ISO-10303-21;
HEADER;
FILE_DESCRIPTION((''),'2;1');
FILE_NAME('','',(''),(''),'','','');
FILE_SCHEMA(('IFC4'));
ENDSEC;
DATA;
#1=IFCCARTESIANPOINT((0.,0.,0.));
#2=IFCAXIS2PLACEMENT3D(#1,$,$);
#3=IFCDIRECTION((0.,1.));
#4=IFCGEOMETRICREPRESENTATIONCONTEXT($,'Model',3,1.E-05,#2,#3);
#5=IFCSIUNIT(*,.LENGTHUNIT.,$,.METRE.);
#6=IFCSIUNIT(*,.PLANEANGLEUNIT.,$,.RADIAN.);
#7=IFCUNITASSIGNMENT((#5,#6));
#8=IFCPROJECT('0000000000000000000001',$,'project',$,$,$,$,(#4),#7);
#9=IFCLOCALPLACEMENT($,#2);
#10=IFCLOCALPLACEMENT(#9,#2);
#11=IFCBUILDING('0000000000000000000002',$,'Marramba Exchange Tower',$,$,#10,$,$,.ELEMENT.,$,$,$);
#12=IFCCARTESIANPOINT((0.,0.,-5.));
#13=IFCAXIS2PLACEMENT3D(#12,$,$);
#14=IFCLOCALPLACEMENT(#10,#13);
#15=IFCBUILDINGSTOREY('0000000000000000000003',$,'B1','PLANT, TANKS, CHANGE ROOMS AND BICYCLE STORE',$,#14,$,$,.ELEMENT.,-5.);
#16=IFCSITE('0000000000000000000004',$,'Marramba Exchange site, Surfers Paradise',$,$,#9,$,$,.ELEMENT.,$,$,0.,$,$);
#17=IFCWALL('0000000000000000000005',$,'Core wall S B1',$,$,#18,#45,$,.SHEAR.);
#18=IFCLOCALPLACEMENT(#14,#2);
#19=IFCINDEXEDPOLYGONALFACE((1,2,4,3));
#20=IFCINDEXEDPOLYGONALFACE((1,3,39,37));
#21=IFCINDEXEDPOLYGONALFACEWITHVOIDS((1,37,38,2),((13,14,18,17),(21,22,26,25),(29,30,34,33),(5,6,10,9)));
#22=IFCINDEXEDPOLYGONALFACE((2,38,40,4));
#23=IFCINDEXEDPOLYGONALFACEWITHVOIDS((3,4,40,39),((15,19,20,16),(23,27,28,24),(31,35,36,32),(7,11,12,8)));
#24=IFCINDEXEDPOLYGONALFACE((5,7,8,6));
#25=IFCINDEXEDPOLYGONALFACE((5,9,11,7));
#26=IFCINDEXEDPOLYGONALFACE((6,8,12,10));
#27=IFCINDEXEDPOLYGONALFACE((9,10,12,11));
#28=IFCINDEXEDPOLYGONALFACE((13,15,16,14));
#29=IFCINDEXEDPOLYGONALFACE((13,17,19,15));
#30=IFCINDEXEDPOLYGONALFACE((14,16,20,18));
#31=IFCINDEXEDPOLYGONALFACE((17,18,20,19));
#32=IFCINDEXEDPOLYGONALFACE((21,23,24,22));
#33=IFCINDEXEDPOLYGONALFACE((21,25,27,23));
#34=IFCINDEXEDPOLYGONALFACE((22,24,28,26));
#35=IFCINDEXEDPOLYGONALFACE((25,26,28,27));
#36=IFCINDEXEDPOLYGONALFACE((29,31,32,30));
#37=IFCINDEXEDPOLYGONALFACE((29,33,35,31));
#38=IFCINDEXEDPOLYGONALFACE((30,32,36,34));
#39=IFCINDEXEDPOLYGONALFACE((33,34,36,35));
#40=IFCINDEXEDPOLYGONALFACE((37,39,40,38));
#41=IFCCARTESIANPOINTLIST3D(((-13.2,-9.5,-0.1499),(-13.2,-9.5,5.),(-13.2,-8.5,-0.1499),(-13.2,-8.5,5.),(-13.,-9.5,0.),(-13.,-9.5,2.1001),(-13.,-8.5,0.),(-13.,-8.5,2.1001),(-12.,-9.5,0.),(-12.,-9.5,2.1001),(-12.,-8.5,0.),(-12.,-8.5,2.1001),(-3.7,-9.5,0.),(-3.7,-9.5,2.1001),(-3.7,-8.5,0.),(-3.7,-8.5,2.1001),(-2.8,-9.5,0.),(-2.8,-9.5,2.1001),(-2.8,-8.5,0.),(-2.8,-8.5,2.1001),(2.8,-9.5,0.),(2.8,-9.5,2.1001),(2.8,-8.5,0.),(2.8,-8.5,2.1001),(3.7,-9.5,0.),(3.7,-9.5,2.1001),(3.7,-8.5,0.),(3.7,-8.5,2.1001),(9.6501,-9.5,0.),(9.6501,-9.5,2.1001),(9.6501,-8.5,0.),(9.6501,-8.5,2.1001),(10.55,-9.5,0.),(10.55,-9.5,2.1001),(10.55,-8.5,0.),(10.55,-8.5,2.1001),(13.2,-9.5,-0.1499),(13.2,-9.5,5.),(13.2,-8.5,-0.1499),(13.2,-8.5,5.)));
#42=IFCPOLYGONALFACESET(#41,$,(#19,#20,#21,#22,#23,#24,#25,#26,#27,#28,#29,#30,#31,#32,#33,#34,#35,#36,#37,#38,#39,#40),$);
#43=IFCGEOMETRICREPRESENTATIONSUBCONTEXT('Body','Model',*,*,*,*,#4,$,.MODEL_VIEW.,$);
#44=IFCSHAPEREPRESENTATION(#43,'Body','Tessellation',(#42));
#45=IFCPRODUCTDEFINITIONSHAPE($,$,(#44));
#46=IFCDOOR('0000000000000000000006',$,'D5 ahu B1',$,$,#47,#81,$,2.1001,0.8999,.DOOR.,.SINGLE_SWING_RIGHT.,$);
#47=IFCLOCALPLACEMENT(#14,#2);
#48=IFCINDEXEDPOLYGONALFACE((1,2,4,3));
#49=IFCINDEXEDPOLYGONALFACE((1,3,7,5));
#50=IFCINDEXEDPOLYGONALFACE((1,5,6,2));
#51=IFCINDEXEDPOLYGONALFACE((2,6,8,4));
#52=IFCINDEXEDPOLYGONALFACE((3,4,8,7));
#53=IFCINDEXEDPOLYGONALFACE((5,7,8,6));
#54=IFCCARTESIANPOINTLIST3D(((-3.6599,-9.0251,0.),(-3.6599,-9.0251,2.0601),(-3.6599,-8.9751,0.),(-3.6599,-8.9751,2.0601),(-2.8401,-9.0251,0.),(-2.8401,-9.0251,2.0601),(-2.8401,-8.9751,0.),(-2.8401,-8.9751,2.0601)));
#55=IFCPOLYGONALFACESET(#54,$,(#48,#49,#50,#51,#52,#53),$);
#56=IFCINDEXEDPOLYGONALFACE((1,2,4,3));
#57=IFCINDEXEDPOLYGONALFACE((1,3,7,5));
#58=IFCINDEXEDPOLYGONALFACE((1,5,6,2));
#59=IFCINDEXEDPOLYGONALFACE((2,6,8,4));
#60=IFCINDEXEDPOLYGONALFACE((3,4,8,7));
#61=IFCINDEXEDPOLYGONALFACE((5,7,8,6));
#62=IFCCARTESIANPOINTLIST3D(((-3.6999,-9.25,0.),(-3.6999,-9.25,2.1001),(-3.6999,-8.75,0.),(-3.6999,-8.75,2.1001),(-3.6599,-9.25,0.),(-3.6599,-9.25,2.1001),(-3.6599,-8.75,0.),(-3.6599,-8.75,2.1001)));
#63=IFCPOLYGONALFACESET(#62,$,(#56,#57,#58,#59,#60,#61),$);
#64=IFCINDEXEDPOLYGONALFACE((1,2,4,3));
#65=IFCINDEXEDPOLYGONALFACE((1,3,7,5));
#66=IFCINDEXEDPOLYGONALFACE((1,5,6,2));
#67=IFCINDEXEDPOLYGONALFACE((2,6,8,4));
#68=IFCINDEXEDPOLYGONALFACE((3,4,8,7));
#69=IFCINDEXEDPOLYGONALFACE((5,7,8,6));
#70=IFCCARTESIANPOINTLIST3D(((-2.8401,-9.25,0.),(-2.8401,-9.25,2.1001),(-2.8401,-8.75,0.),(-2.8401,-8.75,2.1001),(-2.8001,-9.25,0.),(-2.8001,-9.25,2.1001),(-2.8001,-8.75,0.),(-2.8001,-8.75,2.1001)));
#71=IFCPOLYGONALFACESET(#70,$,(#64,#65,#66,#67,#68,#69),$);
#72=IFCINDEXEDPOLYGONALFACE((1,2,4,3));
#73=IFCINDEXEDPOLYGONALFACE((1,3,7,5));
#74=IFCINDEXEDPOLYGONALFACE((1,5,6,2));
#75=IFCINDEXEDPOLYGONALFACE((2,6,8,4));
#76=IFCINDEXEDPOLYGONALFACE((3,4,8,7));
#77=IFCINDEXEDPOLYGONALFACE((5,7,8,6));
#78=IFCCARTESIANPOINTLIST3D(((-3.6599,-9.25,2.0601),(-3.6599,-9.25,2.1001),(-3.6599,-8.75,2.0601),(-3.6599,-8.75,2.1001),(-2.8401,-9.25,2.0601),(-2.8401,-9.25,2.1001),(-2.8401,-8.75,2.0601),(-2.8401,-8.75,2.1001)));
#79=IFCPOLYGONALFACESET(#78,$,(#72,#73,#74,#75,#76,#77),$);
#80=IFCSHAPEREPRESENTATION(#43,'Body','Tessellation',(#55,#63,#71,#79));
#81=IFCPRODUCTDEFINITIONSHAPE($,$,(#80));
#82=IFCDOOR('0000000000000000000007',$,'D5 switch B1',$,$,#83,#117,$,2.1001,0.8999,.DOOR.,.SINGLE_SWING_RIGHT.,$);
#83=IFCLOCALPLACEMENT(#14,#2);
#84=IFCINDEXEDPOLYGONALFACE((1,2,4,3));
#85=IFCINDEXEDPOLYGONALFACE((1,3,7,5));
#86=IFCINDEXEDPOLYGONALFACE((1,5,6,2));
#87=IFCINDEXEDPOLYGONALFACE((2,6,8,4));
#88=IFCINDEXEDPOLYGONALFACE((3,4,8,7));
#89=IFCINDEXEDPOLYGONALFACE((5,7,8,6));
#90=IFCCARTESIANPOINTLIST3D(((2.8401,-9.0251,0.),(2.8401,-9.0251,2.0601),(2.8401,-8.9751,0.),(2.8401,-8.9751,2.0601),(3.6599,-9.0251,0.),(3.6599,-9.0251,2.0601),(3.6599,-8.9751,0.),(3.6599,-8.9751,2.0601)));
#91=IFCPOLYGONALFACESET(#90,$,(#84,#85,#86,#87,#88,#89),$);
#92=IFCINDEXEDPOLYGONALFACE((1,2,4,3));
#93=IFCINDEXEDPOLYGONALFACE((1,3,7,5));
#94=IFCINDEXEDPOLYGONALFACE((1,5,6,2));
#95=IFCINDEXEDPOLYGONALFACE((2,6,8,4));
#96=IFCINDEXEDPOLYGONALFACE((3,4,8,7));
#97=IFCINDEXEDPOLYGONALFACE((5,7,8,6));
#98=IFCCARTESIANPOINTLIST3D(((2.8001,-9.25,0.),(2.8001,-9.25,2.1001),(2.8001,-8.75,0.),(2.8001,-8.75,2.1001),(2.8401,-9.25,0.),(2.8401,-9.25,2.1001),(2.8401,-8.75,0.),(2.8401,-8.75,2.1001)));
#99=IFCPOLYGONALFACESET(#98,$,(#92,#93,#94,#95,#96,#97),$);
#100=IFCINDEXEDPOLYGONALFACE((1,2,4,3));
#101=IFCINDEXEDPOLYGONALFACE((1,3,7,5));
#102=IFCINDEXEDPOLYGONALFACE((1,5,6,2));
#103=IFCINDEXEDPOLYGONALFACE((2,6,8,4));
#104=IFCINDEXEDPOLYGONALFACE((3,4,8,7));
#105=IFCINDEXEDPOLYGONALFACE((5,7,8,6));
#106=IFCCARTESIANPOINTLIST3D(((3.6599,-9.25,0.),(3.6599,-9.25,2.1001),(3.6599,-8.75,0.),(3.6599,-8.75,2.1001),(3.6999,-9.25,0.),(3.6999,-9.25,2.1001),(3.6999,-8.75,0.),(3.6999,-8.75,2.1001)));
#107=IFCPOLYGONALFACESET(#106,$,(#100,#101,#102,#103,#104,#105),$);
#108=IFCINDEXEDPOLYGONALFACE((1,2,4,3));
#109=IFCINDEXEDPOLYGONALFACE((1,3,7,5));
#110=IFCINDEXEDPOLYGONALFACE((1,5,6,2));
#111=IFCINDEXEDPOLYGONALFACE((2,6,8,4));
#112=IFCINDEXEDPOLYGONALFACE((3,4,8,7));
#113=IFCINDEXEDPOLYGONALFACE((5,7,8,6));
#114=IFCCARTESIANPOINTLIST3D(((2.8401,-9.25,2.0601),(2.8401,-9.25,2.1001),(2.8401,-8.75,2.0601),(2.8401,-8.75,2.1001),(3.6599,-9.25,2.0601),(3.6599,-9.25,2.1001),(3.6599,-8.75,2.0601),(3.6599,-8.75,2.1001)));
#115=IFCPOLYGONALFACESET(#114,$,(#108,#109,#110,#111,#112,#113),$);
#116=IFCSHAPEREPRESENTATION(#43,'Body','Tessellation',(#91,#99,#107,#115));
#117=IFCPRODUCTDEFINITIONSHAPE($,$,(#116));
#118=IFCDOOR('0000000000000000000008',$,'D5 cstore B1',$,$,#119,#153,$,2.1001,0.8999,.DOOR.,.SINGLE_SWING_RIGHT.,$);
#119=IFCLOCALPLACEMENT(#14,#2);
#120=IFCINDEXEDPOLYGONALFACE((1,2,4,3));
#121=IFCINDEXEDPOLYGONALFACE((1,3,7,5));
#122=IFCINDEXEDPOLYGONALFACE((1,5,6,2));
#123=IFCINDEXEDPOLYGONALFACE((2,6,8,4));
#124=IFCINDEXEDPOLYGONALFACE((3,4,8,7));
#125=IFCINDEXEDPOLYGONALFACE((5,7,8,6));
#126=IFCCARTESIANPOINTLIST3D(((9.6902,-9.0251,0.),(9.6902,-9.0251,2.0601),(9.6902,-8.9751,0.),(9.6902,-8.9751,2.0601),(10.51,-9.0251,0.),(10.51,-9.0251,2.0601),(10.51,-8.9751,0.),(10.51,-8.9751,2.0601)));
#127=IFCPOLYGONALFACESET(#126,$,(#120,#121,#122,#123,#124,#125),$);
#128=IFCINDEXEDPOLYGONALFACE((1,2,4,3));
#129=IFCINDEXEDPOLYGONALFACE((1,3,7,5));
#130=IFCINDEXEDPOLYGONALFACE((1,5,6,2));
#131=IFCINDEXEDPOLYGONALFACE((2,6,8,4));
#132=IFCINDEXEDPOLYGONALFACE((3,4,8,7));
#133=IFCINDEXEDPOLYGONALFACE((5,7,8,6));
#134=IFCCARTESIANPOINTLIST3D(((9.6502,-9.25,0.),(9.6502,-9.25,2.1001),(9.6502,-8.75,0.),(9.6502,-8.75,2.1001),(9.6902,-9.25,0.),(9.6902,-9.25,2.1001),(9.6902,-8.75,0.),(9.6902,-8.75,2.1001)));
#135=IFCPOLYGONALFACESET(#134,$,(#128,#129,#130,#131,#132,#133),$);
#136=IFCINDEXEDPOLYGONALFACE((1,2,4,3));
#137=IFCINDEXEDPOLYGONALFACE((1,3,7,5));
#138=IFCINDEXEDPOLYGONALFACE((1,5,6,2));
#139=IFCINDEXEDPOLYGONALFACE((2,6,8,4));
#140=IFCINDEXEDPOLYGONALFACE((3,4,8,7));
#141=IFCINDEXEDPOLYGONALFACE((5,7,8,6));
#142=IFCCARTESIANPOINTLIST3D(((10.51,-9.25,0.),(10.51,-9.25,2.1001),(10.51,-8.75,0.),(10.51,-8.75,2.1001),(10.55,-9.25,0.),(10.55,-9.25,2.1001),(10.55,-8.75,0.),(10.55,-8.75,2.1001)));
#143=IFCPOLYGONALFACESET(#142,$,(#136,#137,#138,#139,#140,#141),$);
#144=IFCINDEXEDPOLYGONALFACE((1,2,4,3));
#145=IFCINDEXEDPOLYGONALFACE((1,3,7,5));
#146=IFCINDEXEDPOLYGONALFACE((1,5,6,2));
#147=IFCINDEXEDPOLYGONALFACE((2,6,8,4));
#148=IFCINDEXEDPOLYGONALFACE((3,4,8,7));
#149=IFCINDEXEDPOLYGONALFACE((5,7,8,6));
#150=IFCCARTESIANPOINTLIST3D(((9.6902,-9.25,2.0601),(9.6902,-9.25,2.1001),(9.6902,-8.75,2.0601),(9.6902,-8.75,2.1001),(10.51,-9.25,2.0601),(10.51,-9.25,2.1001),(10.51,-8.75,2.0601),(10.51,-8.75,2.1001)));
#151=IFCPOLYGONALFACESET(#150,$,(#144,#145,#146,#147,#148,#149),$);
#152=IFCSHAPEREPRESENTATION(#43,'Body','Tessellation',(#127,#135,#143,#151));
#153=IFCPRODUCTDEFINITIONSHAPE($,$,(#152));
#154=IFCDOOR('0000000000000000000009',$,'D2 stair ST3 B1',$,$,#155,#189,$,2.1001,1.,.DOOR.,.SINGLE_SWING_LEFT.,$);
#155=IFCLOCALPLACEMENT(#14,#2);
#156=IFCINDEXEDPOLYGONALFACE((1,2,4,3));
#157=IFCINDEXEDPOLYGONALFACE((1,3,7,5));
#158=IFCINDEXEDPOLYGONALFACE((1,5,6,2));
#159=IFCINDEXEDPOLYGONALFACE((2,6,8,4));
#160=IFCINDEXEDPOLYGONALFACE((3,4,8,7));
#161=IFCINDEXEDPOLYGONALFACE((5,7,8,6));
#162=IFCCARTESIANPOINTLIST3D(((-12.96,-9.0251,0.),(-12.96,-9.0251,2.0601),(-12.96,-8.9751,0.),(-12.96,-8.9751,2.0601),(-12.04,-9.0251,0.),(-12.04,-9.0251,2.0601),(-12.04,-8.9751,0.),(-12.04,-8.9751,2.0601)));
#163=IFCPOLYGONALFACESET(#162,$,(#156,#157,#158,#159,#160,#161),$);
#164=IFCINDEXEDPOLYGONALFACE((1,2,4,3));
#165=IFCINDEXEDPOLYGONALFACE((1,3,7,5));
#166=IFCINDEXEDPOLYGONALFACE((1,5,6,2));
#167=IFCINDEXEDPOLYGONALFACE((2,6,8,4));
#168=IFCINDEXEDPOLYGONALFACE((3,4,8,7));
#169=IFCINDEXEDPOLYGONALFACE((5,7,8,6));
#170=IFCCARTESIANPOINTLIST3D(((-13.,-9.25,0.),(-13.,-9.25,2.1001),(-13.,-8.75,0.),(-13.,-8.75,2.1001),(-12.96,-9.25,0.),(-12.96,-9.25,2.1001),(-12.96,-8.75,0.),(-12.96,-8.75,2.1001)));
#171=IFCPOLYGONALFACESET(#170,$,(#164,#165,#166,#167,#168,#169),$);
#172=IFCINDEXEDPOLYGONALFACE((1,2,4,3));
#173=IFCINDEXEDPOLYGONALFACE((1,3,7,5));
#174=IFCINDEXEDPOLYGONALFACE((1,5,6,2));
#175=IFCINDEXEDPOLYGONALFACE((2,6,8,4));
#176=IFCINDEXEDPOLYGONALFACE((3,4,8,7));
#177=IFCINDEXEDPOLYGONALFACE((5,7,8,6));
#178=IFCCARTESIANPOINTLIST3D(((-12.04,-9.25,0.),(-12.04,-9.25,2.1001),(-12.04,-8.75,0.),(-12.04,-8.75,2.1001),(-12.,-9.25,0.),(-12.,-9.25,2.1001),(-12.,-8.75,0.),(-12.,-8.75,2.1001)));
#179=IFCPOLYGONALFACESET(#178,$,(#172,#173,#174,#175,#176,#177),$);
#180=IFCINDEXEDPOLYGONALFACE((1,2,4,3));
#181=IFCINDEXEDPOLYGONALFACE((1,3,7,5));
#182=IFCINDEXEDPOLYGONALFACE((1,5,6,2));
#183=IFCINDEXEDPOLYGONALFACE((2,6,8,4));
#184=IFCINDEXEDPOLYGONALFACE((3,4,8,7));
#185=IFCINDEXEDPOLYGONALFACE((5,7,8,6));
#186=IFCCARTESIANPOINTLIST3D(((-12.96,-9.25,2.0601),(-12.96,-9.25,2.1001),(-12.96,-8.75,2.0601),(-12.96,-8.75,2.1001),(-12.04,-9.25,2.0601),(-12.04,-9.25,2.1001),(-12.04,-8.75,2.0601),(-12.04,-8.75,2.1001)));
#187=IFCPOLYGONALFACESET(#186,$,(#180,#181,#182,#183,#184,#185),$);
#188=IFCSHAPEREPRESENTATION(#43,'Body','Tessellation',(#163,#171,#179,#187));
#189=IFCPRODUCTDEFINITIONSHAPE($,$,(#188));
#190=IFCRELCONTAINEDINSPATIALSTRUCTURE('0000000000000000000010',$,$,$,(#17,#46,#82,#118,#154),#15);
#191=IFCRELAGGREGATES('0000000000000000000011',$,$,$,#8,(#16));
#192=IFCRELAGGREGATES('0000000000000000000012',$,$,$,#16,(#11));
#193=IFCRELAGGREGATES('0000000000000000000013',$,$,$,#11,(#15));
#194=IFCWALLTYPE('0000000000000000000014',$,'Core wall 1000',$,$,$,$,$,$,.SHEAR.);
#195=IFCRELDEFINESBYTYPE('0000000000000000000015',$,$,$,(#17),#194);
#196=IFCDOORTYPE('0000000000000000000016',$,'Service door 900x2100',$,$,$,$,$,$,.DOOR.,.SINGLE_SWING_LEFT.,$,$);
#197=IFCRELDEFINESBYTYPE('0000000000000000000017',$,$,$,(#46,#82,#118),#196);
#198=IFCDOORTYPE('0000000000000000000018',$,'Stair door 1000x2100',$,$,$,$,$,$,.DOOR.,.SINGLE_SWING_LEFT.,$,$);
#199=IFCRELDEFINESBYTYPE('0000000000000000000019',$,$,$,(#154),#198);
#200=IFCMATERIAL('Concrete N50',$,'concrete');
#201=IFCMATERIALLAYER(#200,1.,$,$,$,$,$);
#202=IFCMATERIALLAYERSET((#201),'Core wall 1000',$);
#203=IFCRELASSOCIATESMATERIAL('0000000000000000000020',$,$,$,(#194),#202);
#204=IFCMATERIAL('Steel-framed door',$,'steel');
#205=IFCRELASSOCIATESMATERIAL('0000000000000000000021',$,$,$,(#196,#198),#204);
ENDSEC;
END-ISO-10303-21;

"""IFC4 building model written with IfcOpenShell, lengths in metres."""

from ifc_helpers import new_model, si_unit, direction, frame, frame_2d, origin, place, context, subcontext, project, spatial, rectangle, extrude, material, layer, layer_set, type_object, element, fill, save


model = new_model("IFC4")

# Units and contexts
model_context = context("Model", 3, precision=1e-05, world=origin(), true_north=direction((0.0, 1.0)))
body_context = subcontext(model_context, "Body", "Model", "MODEL_VIEW")
ifc_project = project(units=[si_unit("LENGTHUNIT", "METRE"), si_unit("PLANEANGLEUNIT", "RADIAN")], contexts=[model_context])

# Site, building, storey
site_placement = place(None, origin())
site = spatial("IfcSite", under=ifc_project, at=site_placement, Name="Marramba Exchange site, Surfers Paradise", CompositionType="ELEMENT", RefElevation=0.0)
building_placement = place(site_placement, origin())
building = spatial("IfcBuilding", under=site, at=building_placement, Name="Marramba Exchange Tower", CompositionType="ELEMENT")
storey_placement = place(building_placement, frame((0.0, 0.0, -5.0)))
storey = spatial("IfcBuildingStorey", under=building, at=storey_placement, Name="B1", Description="PLANT, TANKS, CHANGE ROOMS AND BICYCLE STORE", CompositionType="ELEMENT", Elevation=-5.0)

# Shared definitions
ifc_material_1 = material(Name="Concrete N50", Category="concrete")

# Wall, openings, doors
ifc_layer_1 = layer(ifc_material_1, 1.0)
ifc_layer_set_1 = layer_set([ifc_layer_1], Name="Core wall 1000")
wall_type_1 = type_object("IfcWallType", Name="Core wall 1000", PredefinedType="SHEAR", material=ifc_layer_set_1)
wall_1_placement = place(storey_placement, frame((-13.2, -9.0, -0.1499), z_axis=(0.0, 0.0, 1.0), x_axis=(1.0, 0.0, 0.0)))
wall_1 = element("IfcWall", 1, at=wall_1_placement, inside=storey, type_object=wall_type_1, Name="Core wall S B1", PredefinedType="SHEAR", context=body_context, shape_type="SweptSolid", body=[
    extrude(rectangle(XDim=26.3999, YDim=1.0, at=frame_2d((13.2, 0.0))), origin(), (0.0, 0.0, 1.0), 5.1499),
])
opening_1_placement = place(wall_1_placement, frame((0.2, 0.0, 0.1499)))
opening_1 = element("IfcOpeningElement", 2, at=opening_1_placement, cuts=wall_1, PredefinedType="OPENING", context=body_context, shape_type="SweptSolid", body=[
    extrude(rectangle(XDim=1.0, YDim=2.1001, at=frame_2d((0.5, 1.05))), frame((0.0, 0.51, 0.0), z_axis=(0.0, -1.0, 0.0), x_axis=(1.0, 0.0, 0.0)), (0.0, 0.0, 1.0), 1.02),
])
opening_2_placement = place(wall_1_placement, frame((9.5, 0.0, 0.1499)))
opening_2 = element("IfcOpeningElement", 3, at=opening_2_placement, cuts=wall_1, PredefinedType="OPENING", context=body_context, shape_type="SweptSolid", body=[
    extrude(rectangle(XDim=0.8999, YDim=2.1001, at=frame_2d((0.45, 1.05))), frame((0.0, 0.51, 0.0), z_axis=(0.0, -1.0, 0.0), x_axis=(1.0, 0.0, 0.0)), (0.0, 0.0, 1.0), 1.02),
])
opening_3_placement = place(wall_1_placement, frame((16.0, 0.0, 0.1499)))
opening_3 = element("IfcOpeningElement", 4, at=opening_3_placement, cuts=wall_1, PredefinedType="OPENING", context=body_context, shape_type="SweptSolid", body=[
    extrude(rectangle(XDim=0.8999, YDim=2.1001, at=frame_2d((0.45, 1.05))), frame((0.0, 0.51, 0.0), z_axis=(0.0, -1.0, 0.0), x_axis=(1.0, 0.0, 0.0)), (0.0, 0.0, 1.0), 1.02),
])
opening_4_placement = place(wall_1_placement, frame((22.8501, 0.0, 0.1499)))
opening_4 = element("IfcOpeningElement", 5, at=opening_4_placement, cuts=wall_1, PredefinedType="OPENING", context=body_context, shape_type="SweptSolid", body=[
    extrude(rectangle(XDim=0.8999, YDim=2.1001, at=frame_2d((0.45, 1.05))), frame((0.0, 0.51, 0.0), z_axis=(0.0, -1.0, 0.0), x_axis=(1.0, 0.0, 0.0)), (0.0, 0.0, 1.0), 1.02),
])
ifc_material_2 = material(Name="Steel-framed door", Category="steel")
door_type_1 = type_object("IfcDoorType", Name="Service door 900x2100", OperationType="SINGLE_SWING_LEFT", PredefinedType="DOOR", material=ifc_material_2)
door_1_placement = place(opening_2_placement, origin())
door_1 = element("IfcDoor", 6, at=door_1_placement, inside=storey, type_object=door_type_1, Name="D5 ahu B1", OperationType="SINGLE_SWING_RIGHT", OverallHeight=2.1001, OverallWidth=0.8999, PredefinedType="DOOR", context=body_context, shape_type="SweptSolid", body=[
    extrude(rectangle(XDim=0.8198, YDim=2.0601, at=frame_2d((0.45, 1.03))), frame((0.0, 0.0249, 0.0), z_axis=(0.0, -1.0, 0.0), x_axis=(1.0, 0.0, 0.0)), (0.0, 0.0, 1.0), 0.05),
    extrude(rectangle(XDim=0.04, YDim=2.1001, at=frame_2d((0.02, 1.05))), frame((0.0, 0.25, 0.0), z_axis=(0.0, -1.0, 0.0), x_axis=(1.0, 0.0, 0.0)), (0.0, 0.0, 1.0), 0.5),
    extrude(rectangle(XDim=0.04, YDim=2.1001, at=frame_2d((0.8799, 1.05))), frame((0.0, 0.25, 0.0), z_axis=(0.0, -1.0, 0.0), x_axis=(1.0, 0.0, 0.0)), (0.0, 0.0, 1.0), 0.5),
    extrude(rectangle(XDim=0.8198, YDim=0.04, at=frame_2d((0.45, 2.0801))), frame((0.0, 0.25, 0.0), z_axis=(0.0, -1.0, 0.0), x_axis=(1.0, 0.0, 0.0)), (0.0, 0.0, 1.0), 0.5),
])
fill(opening_2, door_1)
door_2_placement = place(opening_3_placement, origin())
door_2 = element("IfcDoor", 7, at=door_2_placement, inside=storey, type_object=door_type_1, Name="D5 switch B1", OperationType="SINGLE_SWING_RIGHT", OverallHeight=2.1001, OverallWidth=0.8999, PredefinedType="DOOR", context=body_context, shape_type="SweptSolid", body=[
    extrude(rectangle(XDim=0.8198, YDim=2.0601, at=frame_2d((0.45, 1.03))), frame((0.0, 0.0249, 0.0), z_axis=(0.0, -1.0, 0.0), x_axis=(1.0, 0.0, 0.0)), (0.0, 0.0, 1.0), 0.05),
    extrude(rectangle(XDim=0.04, YDim=2.1001, at=frame_2d((0.02, 1.05))), frame((0.0, 0.25, 0.0), z_axis=(0.0, -1.0, 0.0), x_axis=(1.0, 0.0, 0.0)), (0.0, 0.0, 1.0), 0.5),
    extrude(rectangle(XDim=0.04, YDim=2.1001, at=frame_2d((0.8799, 1.05))), frame((0.0, 0.25, 0.0), z_axis=(0.0, -1.0, 0.0), x_axis=(1.0, 0.0, 0.0)), (0.0, 0.0, 1.0), 0.5),
    extrude(rectangle(XDim=0.8198, YDim=0.04, at=frame_2d((0.45, 2.0801))), frame((0.0, 0.25, 0.0), z_axis=(0.0, -1.0, 0.0), x_axis=(1.0, 0.0, 0.0)), (0.0, 0.0, 1.0), 0.5),
])
fill(opening_3, door_2)
door_3_placement = place(opening_4_placement, origin())
door_3 = element("IfcDoor", 8, at=door_3_placement, inside=storey, type_object=door_type_1, Name="D5 cstore B1", OperationType="SINGLE_SWING_RIGHT", OverallHeight=2.1001, OverallWidth=0.8999, PredefinedType="DOOR", context=body_context, shape_type="SweptSolid", body=[
    extrude(rectangle(XDim=0.8198, YDim=2.0601, at=frame_2d((0.45, 1.03))), frame((0.0, 0.0249, 0.0), z_axis=(0.0, -1.0, 0.0), x_axis=(1.0, 0.0, 0.0)), (0.0, 0.0, 1.0), 0.05),
    extrude(rectangle(XDim=0.04, YDim=2.1001, at=frame_2d((0.02, 1.05))), frame((0.0, 0.25, 0.0), z_axis=(0.0, -1.0, 0.0), x_axis=(1.0, 0.0, 0.0)), (0.0, 0.0, 1.0), 0.5),
    extrude(rectangle(XDim=0.04, YDim=2.1001, at=frame_2d((0.8799, 1.05))), frame((0.0, 0.25, 0.0), z_axis=(0.0, -1.0, 0.0), x_axis=(1.0, 0.0, 0.0)), (0.0, 0.0, 1.0), 0.5),
    extrude(rectangle(XDim=0.8198, YDim=0.04, at=frame_2d((0.45, 2.0801))), frame((0.0, 0.25, 0.0), z_axis=(0.0, -1.0, 0.0), x_axis=(1.0, 0.0, 0.0)), (0.0, 0.0, 1.0), 0.5),
])
fill(opening_4, door_3)
door_type_2 = type_object("IfcDoorType", Name="Stair door 1000x2100", OperationType="SINGLE_SWING_LEFT", PredefinedType="DOOR", material=ifc_material_2)
door_4_placement = place(opening_1_placement, origin())
door_4 = element("IfcDoor", 9, at=door_4_placement, inside=storey, type_object=door_type_2, Name="D2 stair ST3 B1", OperationType="SINGLE_SWING_LEFT", OverallHeight=2.1001, OverallWidth=1.0, PredefinedType="DOOR", context=body_context, shape_type="SweptSolid", body=[
    extrude(rectangle(XDim=0.9199, YDim=2.0601, at=frame_2d((0.5, 1.03))), frame((0.0, 0.0249, 0.0), z_axis=(0.0, -1.0, 0.0), x_axis=(1.0, 0.0, 0.0)), (0.0, 0.0, 1.0), 0.05),
    extrude(rectangle(XDim=0.04, YDim=2.1001, at=frame_2d((0.02, 1.05))), frame((0.0, 0.25, 0.0), z_axis=(0.0, -1.0, 0.0), x_axis=(1.0, 0.0, 0.0)), (0.0, 0.0, 1.0), 0.5),
    extrude(rectangle(XDim=0.04, YDim=2.1001, at=frame_2d((0.98, 1.05))), frame((0.0, 0.25, 0.0), z_axis=(0.0, -1.0, 0.0), x_axis=(1.0, 0.0, 0.0)), (0.0, 0.0, 1.0), 0.5),
    extrude(rectangle(XDim=0.9199, YDim=0.04, at=frame_2d((0.5, 2.0801))), frame((0.0, 0.25, 0.0), z_axis=(0.0, -1.0, 0.0), x_axis=(1.0, 0.0, 0.0)), (0.0, 0.0, 1.0), 0.5),
])
fill(opening_1, door_4)

save(model, "model.ifc")
